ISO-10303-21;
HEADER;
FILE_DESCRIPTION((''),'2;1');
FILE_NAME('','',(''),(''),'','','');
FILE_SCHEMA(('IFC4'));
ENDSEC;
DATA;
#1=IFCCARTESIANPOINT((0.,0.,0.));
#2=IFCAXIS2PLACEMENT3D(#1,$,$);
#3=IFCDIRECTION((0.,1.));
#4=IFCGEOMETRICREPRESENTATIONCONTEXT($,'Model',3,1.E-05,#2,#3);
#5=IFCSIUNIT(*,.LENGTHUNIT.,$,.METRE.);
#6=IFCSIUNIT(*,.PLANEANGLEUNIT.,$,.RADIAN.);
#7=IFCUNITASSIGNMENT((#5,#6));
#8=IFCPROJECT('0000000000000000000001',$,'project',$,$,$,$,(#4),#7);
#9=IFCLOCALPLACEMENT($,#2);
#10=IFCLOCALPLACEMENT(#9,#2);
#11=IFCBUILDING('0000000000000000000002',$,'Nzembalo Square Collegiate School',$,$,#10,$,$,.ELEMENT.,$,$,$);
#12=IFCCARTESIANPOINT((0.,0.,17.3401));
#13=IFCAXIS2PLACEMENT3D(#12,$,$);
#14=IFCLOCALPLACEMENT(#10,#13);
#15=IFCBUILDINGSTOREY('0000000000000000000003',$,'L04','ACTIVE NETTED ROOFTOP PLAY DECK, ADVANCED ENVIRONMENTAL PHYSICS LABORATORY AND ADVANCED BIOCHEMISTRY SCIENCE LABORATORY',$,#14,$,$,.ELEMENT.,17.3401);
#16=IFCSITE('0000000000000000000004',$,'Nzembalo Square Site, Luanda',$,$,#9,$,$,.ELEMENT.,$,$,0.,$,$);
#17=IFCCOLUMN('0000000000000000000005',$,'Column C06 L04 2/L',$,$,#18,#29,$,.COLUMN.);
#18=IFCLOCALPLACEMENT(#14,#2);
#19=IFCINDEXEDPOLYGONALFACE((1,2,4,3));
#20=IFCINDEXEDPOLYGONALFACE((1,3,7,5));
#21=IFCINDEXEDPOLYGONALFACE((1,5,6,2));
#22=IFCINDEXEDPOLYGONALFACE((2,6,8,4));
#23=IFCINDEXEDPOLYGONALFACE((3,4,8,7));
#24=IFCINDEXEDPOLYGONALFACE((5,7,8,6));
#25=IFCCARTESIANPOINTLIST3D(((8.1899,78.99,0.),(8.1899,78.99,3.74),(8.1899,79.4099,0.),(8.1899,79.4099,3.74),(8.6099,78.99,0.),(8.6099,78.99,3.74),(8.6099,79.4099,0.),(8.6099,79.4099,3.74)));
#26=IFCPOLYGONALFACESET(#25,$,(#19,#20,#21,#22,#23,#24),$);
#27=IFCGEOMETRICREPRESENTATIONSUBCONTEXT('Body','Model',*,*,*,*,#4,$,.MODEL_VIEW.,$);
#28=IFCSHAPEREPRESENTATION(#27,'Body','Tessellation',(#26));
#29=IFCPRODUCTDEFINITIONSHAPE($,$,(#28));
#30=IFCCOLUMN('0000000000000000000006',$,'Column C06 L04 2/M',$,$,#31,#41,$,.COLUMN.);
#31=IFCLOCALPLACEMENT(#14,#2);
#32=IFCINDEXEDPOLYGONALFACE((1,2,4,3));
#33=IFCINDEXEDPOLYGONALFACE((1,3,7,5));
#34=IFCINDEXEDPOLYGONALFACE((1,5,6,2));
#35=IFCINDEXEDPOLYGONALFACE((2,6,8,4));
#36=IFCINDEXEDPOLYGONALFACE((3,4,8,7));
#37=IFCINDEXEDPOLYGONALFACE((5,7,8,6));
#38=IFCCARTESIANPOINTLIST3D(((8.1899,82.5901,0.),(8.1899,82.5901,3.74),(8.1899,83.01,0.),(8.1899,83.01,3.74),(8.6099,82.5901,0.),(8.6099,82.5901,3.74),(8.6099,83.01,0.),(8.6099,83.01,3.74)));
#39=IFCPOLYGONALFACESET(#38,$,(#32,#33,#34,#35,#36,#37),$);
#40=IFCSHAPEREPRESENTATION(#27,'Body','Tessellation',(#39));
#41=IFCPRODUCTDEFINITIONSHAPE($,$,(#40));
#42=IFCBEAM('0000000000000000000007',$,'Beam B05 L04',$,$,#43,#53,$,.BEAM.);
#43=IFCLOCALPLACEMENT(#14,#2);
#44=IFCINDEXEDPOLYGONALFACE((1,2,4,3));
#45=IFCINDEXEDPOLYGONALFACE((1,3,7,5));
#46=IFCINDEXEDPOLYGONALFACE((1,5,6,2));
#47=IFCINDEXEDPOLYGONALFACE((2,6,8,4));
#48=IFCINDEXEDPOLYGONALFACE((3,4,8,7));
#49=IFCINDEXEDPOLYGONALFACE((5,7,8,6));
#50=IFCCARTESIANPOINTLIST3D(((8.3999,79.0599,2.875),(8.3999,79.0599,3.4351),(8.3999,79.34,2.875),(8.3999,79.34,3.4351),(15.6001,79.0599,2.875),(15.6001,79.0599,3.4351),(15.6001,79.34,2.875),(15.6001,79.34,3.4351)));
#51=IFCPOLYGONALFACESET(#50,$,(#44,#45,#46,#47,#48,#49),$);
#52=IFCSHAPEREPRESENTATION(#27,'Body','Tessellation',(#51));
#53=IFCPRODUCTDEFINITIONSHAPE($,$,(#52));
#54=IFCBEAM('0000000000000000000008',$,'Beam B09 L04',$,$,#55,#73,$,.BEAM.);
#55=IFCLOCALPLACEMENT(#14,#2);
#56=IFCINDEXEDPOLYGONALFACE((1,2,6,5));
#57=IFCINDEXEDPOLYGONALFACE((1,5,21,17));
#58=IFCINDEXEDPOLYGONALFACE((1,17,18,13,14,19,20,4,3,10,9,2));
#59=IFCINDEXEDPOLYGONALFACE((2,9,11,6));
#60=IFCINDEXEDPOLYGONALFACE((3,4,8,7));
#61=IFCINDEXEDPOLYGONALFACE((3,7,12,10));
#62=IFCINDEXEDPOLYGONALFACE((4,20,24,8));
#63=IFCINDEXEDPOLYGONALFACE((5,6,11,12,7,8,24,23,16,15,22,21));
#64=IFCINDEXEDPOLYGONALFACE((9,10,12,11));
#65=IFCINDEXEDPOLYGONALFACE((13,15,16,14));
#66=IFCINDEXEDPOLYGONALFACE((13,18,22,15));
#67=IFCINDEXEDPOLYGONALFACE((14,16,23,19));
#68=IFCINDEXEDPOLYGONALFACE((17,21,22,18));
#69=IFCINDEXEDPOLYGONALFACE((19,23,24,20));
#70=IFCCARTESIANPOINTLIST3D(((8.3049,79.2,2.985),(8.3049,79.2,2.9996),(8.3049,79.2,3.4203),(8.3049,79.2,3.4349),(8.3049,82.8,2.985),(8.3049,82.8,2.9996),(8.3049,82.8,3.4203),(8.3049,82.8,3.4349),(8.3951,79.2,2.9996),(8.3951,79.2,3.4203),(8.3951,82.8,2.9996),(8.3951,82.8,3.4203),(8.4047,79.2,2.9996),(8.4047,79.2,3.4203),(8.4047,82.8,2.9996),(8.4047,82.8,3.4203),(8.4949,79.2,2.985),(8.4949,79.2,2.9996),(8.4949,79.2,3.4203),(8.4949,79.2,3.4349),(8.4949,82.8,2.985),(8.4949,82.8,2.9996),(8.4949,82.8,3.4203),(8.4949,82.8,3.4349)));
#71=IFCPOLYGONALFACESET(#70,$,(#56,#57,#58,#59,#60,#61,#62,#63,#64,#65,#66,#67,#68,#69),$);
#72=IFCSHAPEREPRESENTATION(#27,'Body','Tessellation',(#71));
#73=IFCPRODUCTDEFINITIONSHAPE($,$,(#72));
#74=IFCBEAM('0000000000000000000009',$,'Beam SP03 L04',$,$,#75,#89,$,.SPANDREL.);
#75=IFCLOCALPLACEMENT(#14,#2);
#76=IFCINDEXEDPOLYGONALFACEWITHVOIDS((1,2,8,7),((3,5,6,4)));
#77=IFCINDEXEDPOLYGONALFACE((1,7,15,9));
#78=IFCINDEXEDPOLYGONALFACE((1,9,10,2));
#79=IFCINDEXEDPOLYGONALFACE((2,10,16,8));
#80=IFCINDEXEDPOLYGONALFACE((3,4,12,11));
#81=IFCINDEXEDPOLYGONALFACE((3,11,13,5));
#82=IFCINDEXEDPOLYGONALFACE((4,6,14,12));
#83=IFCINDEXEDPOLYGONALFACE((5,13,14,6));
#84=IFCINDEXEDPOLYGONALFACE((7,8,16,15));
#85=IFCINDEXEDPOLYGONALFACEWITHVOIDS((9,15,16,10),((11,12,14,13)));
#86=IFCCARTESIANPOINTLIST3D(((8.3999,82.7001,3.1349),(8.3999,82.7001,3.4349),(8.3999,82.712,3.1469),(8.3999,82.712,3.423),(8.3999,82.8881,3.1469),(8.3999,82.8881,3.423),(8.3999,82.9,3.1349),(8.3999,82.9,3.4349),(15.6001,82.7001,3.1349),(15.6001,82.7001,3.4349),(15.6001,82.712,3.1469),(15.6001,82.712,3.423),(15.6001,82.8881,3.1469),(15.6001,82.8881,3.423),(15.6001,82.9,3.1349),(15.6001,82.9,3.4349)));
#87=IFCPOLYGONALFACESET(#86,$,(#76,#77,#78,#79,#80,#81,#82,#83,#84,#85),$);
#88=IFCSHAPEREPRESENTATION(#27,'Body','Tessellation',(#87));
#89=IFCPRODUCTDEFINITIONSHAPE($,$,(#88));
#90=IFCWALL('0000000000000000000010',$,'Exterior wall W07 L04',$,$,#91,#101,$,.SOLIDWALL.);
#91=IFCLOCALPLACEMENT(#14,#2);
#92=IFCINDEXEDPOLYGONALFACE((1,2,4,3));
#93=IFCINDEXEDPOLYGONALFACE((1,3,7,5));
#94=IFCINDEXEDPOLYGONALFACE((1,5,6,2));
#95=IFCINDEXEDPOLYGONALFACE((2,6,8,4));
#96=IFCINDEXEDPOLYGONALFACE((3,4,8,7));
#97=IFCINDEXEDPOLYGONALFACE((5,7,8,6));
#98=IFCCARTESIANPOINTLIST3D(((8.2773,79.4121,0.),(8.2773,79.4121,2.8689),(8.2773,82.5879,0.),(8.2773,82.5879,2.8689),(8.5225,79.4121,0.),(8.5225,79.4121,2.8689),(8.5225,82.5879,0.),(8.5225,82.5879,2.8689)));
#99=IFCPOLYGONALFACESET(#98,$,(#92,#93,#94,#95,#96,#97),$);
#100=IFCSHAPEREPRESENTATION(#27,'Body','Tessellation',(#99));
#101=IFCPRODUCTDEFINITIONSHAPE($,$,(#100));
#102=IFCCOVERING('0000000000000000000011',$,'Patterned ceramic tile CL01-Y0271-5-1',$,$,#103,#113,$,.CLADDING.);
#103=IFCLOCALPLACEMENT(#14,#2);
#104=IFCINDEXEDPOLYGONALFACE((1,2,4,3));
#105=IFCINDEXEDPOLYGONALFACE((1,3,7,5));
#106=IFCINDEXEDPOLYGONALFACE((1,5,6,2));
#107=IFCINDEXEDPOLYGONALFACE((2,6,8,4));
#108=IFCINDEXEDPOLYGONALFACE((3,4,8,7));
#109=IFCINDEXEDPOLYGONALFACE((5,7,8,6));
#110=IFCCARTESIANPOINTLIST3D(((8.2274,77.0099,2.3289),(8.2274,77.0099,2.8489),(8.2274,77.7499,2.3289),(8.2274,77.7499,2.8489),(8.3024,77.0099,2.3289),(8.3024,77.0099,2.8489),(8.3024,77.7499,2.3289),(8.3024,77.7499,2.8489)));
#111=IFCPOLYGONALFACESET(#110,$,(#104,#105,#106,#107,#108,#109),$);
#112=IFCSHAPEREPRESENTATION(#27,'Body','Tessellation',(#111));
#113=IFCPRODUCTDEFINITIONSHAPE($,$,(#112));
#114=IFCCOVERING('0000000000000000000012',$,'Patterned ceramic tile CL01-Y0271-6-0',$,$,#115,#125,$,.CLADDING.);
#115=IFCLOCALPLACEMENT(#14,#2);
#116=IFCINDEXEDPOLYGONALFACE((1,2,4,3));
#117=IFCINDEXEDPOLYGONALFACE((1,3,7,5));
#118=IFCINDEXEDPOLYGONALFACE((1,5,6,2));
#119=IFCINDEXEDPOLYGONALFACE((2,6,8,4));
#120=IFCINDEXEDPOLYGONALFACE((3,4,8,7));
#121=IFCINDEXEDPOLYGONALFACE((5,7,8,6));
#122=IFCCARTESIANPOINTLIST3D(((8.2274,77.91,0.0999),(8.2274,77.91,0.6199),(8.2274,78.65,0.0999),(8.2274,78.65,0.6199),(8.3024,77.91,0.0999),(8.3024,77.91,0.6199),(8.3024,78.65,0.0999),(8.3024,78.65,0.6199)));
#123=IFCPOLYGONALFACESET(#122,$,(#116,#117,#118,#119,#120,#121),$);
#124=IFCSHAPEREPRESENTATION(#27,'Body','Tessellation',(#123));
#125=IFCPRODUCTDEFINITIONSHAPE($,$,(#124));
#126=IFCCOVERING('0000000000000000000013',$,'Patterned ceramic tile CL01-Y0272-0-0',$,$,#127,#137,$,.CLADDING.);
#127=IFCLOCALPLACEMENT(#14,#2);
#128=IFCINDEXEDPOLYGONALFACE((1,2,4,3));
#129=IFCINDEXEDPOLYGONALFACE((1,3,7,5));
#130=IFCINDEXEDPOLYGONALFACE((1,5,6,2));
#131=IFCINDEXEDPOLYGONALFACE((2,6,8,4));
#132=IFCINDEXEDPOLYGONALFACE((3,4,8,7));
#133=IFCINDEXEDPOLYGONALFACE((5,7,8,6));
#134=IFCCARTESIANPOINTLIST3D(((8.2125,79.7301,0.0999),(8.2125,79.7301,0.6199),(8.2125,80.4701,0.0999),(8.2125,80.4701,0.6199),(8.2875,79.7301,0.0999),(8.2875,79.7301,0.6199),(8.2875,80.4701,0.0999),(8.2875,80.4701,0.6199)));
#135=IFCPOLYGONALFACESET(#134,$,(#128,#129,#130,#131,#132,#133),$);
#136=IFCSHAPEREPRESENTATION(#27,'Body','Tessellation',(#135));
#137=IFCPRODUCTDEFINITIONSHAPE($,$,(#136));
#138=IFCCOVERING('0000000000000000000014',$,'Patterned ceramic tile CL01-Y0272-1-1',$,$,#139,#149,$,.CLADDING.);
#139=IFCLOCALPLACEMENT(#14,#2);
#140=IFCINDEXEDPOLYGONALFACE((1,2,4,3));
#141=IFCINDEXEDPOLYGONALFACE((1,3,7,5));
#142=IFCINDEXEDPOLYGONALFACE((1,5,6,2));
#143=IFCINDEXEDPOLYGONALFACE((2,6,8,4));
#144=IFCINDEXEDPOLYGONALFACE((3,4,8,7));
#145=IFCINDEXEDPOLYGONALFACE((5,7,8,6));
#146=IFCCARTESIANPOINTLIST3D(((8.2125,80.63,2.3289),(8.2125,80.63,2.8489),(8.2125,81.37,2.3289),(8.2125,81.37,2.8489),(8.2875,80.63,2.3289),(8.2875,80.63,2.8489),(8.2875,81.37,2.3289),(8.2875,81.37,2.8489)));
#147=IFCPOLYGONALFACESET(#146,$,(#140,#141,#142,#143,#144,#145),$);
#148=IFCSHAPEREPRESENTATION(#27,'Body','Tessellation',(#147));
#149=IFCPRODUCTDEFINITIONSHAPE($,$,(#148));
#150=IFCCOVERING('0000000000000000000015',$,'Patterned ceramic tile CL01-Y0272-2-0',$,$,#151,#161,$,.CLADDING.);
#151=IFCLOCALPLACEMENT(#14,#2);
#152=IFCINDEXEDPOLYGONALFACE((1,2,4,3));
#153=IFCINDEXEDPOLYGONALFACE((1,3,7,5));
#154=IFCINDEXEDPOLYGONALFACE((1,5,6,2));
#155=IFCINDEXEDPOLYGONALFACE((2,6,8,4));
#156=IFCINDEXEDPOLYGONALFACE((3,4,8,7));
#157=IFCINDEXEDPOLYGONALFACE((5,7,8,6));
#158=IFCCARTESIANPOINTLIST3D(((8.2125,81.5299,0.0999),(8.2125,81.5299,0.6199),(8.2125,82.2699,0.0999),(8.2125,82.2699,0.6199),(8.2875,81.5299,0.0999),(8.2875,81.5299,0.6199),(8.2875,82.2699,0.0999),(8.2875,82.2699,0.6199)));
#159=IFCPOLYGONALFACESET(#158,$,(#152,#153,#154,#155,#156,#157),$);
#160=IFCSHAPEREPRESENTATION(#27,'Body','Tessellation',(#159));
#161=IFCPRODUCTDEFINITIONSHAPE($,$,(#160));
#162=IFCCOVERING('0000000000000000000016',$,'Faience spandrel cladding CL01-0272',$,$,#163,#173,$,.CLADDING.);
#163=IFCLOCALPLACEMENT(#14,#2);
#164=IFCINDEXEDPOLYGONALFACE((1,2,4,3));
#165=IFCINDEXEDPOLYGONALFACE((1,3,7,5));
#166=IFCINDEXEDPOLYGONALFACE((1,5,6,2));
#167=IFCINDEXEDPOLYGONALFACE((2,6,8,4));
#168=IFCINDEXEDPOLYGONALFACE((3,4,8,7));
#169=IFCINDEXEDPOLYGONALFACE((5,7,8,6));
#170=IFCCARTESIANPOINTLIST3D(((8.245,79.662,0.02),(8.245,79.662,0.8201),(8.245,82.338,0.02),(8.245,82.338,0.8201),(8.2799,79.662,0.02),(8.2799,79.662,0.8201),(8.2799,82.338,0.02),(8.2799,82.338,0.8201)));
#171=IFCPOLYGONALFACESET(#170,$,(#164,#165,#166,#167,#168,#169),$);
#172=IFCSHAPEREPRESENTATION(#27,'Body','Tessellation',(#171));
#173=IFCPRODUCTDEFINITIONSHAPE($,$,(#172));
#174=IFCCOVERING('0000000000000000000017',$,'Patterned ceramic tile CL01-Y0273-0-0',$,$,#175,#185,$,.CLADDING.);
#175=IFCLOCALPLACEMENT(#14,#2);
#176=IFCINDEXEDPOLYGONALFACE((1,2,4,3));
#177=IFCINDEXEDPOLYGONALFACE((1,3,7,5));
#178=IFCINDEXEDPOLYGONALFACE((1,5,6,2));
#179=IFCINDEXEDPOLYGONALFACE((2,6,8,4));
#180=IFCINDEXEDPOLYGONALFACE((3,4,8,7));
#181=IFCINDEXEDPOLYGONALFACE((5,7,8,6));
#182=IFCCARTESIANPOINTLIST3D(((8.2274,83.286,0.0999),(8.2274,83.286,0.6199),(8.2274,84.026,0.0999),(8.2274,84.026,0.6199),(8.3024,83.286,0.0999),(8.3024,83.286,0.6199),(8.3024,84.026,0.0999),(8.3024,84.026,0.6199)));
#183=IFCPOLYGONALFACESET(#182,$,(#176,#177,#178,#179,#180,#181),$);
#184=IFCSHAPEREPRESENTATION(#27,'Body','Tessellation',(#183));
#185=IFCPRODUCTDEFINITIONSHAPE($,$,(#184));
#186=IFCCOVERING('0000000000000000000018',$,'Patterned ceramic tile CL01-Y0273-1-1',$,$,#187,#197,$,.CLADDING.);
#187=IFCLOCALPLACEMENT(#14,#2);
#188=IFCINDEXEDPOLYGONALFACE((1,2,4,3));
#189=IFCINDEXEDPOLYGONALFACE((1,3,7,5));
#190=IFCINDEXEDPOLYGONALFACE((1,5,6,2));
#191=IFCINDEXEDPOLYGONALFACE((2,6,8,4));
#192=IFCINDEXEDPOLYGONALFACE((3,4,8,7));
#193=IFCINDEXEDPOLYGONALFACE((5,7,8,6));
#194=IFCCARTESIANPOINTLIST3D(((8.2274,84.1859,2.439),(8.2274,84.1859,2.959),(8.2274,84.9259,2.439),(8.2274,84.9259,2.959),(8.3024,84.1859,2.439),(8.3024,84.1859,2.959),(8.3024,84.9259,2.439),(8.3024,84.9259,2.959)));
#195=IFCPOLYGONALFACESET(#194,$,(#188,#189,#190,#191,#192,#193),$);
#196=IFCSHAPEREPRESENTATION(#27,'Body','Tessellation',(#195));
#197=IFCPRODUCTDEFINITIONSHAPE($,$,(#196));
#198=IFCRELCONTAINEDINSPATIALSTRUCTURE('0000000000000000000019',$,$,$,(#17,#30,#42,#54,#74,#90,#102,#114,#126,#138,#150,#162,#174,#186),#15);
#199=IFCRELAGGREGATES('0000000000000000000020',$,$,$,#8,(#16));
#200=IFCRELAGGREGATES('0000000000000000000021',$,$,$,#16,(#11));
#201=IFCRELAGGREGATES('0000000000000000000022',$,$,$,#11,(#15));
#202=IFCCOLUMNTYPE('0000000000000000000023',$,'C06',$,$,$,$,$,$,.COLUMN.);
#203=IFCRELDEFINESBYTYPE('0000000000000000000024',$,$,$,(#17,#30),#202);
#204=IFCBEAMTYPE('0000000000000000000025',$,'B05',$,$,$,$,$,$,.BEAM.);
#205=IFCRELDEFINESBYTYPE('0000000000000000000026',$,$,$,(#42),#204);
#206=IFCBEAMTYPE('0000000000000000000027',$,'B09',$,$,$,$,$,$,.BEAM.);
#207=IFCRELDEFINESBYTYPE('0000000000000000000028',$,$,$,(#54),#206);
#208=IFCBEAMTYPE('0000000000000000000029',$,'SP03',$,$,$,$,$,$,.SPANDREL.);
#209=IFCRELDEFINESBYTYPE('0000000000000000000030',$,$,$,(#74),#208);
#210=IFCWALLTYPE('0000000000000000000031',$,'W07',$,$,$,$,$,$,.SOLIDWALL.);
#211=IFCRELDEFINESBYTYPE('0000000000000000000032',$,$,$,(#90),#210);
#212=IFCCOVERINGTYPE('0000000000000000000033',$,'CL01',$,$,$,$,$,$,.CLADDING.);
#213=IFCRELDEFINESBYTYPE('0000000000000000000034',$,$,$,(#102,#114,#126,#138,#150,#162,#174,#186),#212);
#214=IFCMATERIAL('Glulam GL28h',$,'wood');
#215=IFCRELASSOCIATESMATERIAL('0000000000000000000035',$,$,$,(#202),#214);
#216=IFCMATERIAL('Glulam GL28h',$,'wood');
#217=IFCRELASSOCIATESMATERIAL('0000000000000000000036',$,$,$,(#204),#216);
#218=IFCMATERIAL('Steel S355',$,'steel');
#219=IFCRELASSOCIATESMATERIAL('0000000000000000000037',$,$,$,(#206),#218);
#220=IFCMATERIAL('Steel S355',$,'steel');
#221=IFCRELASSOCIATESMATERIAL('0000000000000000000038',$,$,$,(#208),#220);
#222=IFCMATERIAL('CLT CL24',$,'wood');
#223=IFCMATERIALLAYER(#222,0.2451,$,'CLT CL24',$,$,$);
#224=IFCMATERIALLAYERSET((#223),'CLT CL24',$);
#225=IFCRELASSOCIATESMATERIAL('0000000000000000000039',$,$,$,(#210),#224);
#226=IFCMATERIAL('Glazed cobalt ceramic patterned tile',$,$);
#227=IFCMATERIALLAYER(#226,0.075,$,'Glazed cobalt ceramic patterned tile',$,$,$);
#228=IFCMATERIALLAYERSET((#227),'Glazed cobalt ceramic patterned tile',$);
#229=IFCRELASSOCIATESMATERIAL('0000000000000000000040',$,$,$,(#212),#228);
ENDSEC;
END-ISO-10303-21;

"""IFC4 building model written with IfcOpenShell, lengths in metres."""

from ifc_helpers import new_model, si_unit, direction, frame, frame_2d, origin, origin_2d, place, context, subcontext, project, spatial, rectangle, hollow_rectangle, i_section, extrude, material, layer, layer_set, material_profile, profile_set, type_object, element, save


model = new_model("IFC4")

# Units and contexts
model_context = context("Model", 3, precision=1e-05, world=origin(), true_north=direction((0.0, 1.0)))
body_context = subcontext(model_context, "Body", "Model", "MODEL_VIEW")
ifc_project = project(units=[si_unit("LENGTHUNIT", "METRE"), si_unit("PLANEANGLEUNIT", "RADIAN")], contexts=[model_context])

# Site, building, storey
site_placement = place(None, origin())
site = spatial("IfcSite", under=ifc_project, at=site_placement, Name="Nzembalo Square Site, Luanda", CompositionType="ELEMENT", RefElevation=0.0)
building_placement = place(site_placement, origin())
building = spatial("IfcBuilding", under=site, at=building_placement, Name="Nzembalo Square Collegiate School", CompositionType="ELEMENT")
storey_placement = place(building_placement, frame((0.0, 0.0, 17.3401)))
storey = spatial("IfcBuildingStorey", under=building, at=storey_placement, Name="L04", Description="ACTIVE NETTED ROOFTOP PLAY DECK, ADVANCED ENVIRONMENTAL PHYSICS LABORATORY AND ADVANCED BIOCHEMISTRY SCIENCE LABORATORY", CompositionType="ELEMENT", Elevation=17.3401)

# Columns
ifc_material_1 = material(Name="Glulam GL28h", Category="wood")
ifc_material_profile_1 = material_profile(ifc_material_1, rectangle(XDim=0.4199, YDim=0.4199, at=origin_2d()), Name="GL28h 420x420")
ifc_profile_set_1 = profile_set([ifc_material_profile_1], Name="Glulam GL28h")
column_type = type_object("IfcColumnType", Name="C06", PredefinedType="COLUMN", material=ifc_profile_set_1)
for number, where, z_axis, x_axis, name in (
    (1, (8.3999, 79.2, 0.0), (0.0, 0.0, 1.0), (1.0, 0.0, 0.0), "Column C06 L04 2/L"),
    (2, (8.3999, 82.8, 0.0), (0.0, 0.0, 1.0), (1.0, 0.0, 0.0), "Column C06 L04 2/M"),
):
    element("IfcColumn", number, at=place(storey_placement, frame(where, z_axis=z_axis, x_axis=x_axis)), inside=storey, type_object=column_type, Name=name, PredefinedType="COLUMN", context=body_context, shape_type="SweptSolid", body=[
        extrude(rectangle(XDim=0.4199, YDim=0.4199, at=origin_2d()), origin(), (0.0, 0.0, 1.0), 3.74),
    ])

# Beams
ifc_material_2 = material(Name="Glulam GL28h", Category="wood")
ifc_material_profile_2 = material_profile(ifc_material_2, rectangle(XDim=0.28, YDim=0.5601, at=origin_2d()), Name="GL28h 280x560")
ifc_profile_set_2 = profile_set([ifc_material_profile_2], Name="Glulam GL28h")
beam_type_1 = type_object("IfcBeamType", Name="B05", PredefinedType="BEAM", material=ifc_profile_set_2)
beam_1_placement = place(storey_placement, frame((8.3999, 79.2, 3.155), z_axis=(1.0, 0.0, 0.0), x_axis=(0.0, 1.0, 0.0)))
element("IfcBeam", 3, at=beam_1_placement, inside=storey, type_object=beam_type_1, Name="Beam B05 L04", PredefinedType="BEAM", context=body_context, shape_type="SweptSolid", body=[
    extrude(rectangle(XDim=0.28, YDim=0.5601, at=origin_2d()), origin(), (0.0, 0.0, 1.0), 7.2002),
])
ifc_material_3 = material(Name="Steel S355", Category="steel")
ifc_material_profile_3 = material_profile(ifc_material_3, i_section(OverallWidth=0.1899, OverallDepth=0.45, WebThickness=0.0095, FlangeThickness=0.0146, at=origin_2d()), Name="IPE 450")
ifc_profile_set_3 = profile_set([ifc_material_profile_3], Name="Steel S355")
beam_type_2 = type_object("IfcBeamType", Name="B09", PredefinedType="BEAM", material=ifc_profile_set_3)
beam_2_placement = place(storey_placement, frame((8.3999, 79.2, 3.21), z_axis=(0.0, 1.0, 0.0), x_axis=(-1.0, 0.0, 0.0)))
element("IfcBeam", 4, at=beam_2_placement, inside=storey, type_object=beam_type_2, Name="Beam B09 L04", PredefinedType="BEAM", context=body_context, shape_type="SweptSolid", body=[
    extrude(i_section(OverallWidth=0.1899, OverallDepth=0.45, WebThickness=0.0095, FlangeThickness=0.0146, at=origin_2d()), origin(), (0.0, 0.0, 1.0), 3.6001),
])
ifc_material_4 = material(Name="Steel S355", Category="steel")
ifc_material_profile_4 = material_profile(ifc_material_4, hollow_rectangle(XDim=0.2, YDim=0.3, WallThickness=0.012, at=origin_2d()), Name="RHS 300x200x12")
ifc_profile_set_4 = profile_set([ifc_material_profile_4], Name="Steel S355")
beam_type_3 = type_object("IfcBeamType", Name="SP03", PredefinedType="SPANDREL", material=ifc_profile_set_4)
beam_3_placement = place(storey_placement, frame((8.3999, 82.8, 3.2849), z_axis=(1.0, 0.0, 0.0), x_axis=(0.0, 1.0, 0.0)))
element("IfcBeam", 5, at=beam_3_placement, inside=storey, type_object=beam_type_3, Name="Beam SP03 L04", PredefinedType="SPANDREL", context=body_context, shape_type="SweptSolid", body=[
    extrude(hollow_rectangle(XDim=0.2, YDim=0.3, WallThickness=0.012, at=origin_2d()), origin(), (0.0, 0.0, 1.0), 7.2002),
])

# Wall
ifc_material_5 = material(Name="CLT CL24", Category="wood")
ifc_layer_1 = layer(ifc_material_5, 0.2451, Name="CLT CL24")
ifc_layer_set_1 = layer_set([ifc_layer_1], Name="CLT CL24")
wall_type = type_object("IfcWallType", Name="W07", PredefinedType="SOLIDWALL", material=ifc_layer_set_1)
wall_placement = place(storey_placement, frame((8.3999, 79.4121, 0.0), z_axis=(0.0, 0.0, 1.0), x_axis=(0.0, 1.0, 0.0)))
element("IfcWall", 6, at=wall_placement, inside=storey, type_object=wall_type, Name="Exterior wall W07 L04", PredefinedType="SOLIDWALL", context=body_context, shape_type="SweptSolid", body=[
    extrude(rectangle(XDim=3.1758, YDim=0.2451, at=frame_2d((1.5879, 0.0))), origin(), (0.0, 0.0, 1.0), 2.8689),
])

# Coverings
ifc_material_6 = material(Name="Glazed cobalt ceramic patterned tile")
ifc_layer_2 = layer(ifc_material_6, 0.075, Name="Glazed cobalt ceramic patterned tile")
ifc_layer_set_2 = layer_set([ifc_layer_2], Name="Glazed cobalt ceramic patterned tile")
covering_type_1 = type_object("IfcCoveringType", Name="CL01", PredefinedType="CLADDING", material=ifc_layer_set_2)
for number, where, z_axis, x_axis, name in (
    (7, (8.2649, 77.3799, 2.3289), (0.0, 0.0, 1.0), (1.0, 0.0, 0.0), "Patterned ceramic tile CL01-Y0271-5-1"),
    (8, (8.2649, 78.28, 0.0999), (0.0, 0.0, 1.0), (1.0, 0.0, 0.0), "Patterned ceramic tile CL01-Y0271-6-0"),
    (9, (8.25, 80.1001, 0.0999), (0.0, 0.0, 1.0), (1.0, 0.0, 0.0), "Patterned ceramic tile CL01-Y0272-0-0"),
    (10, (8.25, 81.0, 2.3289), (0.0, 0.0, 1.0), (1.0, 0.0, 0.0), "Patterned ceramic tile CL01-Y0272-1-1"),
    (11, (8.25, 81.8999, 0.0999), (0.0, 0.0, 1.0), (1.0, 0.0, 0.0), "Patterned ceramic tile CL01-Y0272-2-0"),
):
    element("IfcCovering", number, at=place(storey_placement, frame(where, z_axis=z_axis, x_axis=x_axis)), inside=storey, type_object=covering_type_1, Name=name, PredefinedType="CLADDING", context=body_context, shape_type="SweptSolid", body=[
        extrude(rectangle(XDim=0.075, YDim=0.74, at=origin_2d()), origin(), (0.0, 0.0, 1.0), 0.52),
    ])
covering_placement = place(storey_placement, frame((8.2625, 81.0, 0.02), z_axis=(0.0, 0.0, 1.0), x_axis=(1.0, 0.0, 0.0)))
element("IfcCovering", 12, at=covering_placement, inside=storey, type_object=covering_type_1, Name="Faience spandrel cladding CL01-0272", PredefinedType="CLADDING", context=body_context, shape_type="SweptSolid", body=[
    extrude(rectangle(XDim=0.0349, YDim=2.676, at=origin_2d()), origin(), (0.0, 0.0, 1.0), 0.8),
])
for number, where, z_axis, x_axis, name in (
    (13, (8.2649, 83.656, 0.0999), (0.0, 0.0, 1.0), (1.0, 0.0, 0.0), "Patterned ceramic tile CL01-Y0273-0-0"),
    (14, (8.2649, 84.5559, 2.439), (0.0, 0.0, 1.0), (1.0, 0.0, 0.0), "Patterned ceramic tile CL01-Y0273-1-1"),
):
    element("IfcCovering", number, at=place(storey_placement, frame(where, z_axis=z_axis, x_axis=x_axis)), inside=storey, type_object=covering_type_1, Name=name, PredefinedType="CLADDING", context=body_context, shape_type="SweptSolid", body=[
        extrude(rectangle(XDim=0.075, YDim=0.74, at=origin_2d()), origin(), (0.0, 0.0, 1.0), 0.52),
    ])

save(model, "model.ifc")
